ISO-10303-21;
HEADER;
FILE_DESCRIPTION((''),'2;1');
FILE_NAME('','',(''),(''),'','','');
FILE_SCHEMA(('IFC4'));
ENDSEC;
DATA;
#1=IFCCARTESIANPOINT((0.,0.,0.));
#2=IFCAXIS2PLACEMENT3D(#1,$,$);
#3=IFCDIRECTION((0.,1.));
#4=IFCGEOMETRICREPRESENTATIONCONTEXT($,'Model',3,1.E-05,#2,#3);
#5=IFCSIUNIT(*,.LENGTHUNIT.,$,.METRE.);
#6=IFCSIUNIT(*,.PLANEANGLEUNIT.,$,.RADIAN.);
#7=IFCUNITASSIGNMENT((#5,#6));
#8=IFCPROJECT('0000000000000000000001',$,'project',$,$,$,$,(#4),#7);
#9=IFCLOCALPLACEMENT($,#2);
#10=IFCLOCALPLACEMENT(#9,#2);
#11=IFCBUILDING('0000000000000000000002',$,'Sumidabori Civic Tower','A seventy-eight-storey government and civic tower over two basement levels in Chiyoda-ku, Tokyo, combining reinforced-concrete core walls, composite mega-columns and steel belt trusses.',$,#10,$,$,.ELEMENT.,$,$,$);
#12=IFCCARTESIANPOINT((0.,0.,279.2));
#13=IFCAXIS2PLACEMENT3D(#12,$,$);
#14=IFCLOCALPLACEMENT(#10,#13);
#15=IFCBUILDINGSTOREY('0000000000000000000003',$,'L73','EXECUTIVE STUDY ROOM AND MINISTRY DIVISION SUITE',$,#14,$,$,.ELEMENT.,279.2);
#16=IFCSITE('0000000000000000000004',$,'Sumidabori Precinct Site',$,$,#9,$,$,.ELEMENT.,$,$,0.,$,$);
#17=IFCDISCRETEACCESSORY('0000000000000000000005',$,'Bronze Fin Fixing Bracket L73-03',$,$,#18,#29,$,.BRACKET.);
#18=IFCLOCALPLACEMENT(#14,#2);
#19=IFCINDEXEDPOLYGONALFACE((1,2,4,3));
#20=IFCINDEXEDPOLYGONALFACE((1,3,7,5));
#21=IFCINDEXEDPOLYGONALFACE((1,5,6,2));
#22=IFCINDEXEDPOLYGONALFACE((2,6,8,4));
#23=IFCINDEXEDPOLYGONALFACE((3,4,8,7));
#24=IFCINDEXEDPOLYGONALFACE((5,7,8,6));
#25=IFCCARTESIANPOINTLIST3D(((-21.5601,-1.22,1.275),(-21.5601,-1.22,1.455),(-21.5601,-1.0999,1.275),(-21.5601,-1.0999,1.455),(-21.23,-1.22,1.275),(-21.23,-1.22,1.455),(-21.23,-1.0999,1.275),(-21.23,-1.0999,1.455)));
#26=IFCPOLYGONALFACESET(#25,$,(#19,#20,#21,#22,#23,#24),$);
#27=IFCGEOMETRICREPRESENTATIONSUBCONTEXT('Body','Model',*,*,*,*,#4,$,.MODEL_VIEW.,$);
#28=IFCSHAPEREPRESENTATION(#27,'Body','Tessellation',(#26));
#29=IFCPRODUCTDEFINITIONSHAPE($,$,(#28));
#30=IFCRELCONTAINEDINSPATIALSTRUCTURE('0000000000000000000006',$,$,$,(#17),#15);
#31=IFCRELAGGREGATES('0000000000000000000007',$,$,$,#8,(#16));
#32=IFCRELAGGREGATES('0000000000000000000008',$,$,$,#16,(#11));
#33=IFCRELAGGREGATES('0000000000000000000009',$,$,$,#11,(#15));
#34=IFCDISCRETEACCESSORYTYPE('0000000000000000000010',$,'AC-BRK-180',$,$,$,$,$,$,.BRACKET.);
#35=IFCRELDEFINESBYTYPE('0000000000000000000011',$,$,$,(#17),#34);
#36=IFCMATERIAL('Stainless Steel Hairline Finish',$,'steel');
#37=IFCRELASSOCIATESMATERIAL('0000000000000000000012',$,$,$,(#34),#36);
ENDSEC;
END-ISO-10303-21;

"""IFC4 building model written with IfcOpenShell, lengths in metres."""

from ifc_helpers import new_model, si_unit, direction, frame, origin, origin_2d, place, context, subcontext, project, spatial, rectangle, extrude, source, transform, mapped, material, material_profile, profile_set, type_object, element, save


model = new_model("IFC4")

# Units and contexts
model_context = context("Model", 3, precision=1e-05, world=origin(), true_north=direction((0.0, 1.0)))
body_context = subcontext(model_context, "Body", "Model", "MODEL_VIEW")
ifc_project = project(units=[si_unit("LENGTHUNIT", "METRE"), si_unit("PLANEANGLEUNIT", "RADIAN")], contexts=[model_context])

# Site, building, storey
site_placement = place(None, origin())
site = spatial("IfcSite", under=ifc_project, at=site_placement, Name="Sumidabori Precinct Site", CompositionType="ELEMENT", RefElevation=0.0)
building_placement = place(site_placement, origin())
building = spatial("IfcBuilding", under=site, at=building_placement, Name="Sumidabori Civic Tower", Description="A seventy-eight-storey government and civic tower over two basement levels in Chiyoda-ku, Tokyo, combining reinforced-concrete core walls, composite mega-columns and steel belt trusses.", CompositionType="ELEMENT")
storey_placement = place(building_placement, frame((0.0, 0.0, 279.2)))
storey = spatial("IfcBuildingStorey", under=building, at=storey_placement, Name="L73", Description="EXECUTIVE STUDY ROOM AND MINISTRY DIVISION SUITE", CompositionType="ELEMENT", Elevation=279.2)

# Discrete accessory
ifc_material_1 = material(Name="Stainless Steel Hairline Finish", Category="steel")
ifc_material_profile_1 = material_profile(ifc_material_1, rectangle(XDim=0.1201, YDim=0.1799, at=origin_2d()), Name="STEEL BRACKET 180x120")
ifc_profile_set_1 = profile_set([ifc_material_profile_1], Name="Stainless Steel Hairline Finish")
discrete_accessory_type = type_object("IfcDiscreteAccessoryType", Name="AC-BRK-180", PredefinedType="BRACKET", material=ifc_profile_set_1)
shared_shape_1 = source(origin(), body_context, "Body", "SweptSolid", [
    extrude(rectangle(XDim=0.1201, YDim=0.1799, at=origin_2d()), origin(), (0.0, 0.0, 1.0), 0.3301),
])
discrete_accessory_placement = place(storey_placement, frame((-21.23, -1.1599, 1.365), z_axis=(-1.0, 0.0, 0.0), x_axis=(0.0, -1.0, 0.0)))
element("IfcDiscreteAccessory", 1, at=discrete_accessory_placement, inside=storey, type_object=discrete_accessory_type, Name="Bronze Fin Fixing Bracket L73-03", PredefinedType="BRACKET", context=body_context, shape_type="MappedRepresentation", body=[
    mapped(shared_shape_1, transform((0.0, 0.0, 0.0), x_axis=(1.0, 0.0, 0.0), y_axis=(0.0, 1.0, 0.0), z_axis=(0.0, 0.0, 1.0), scale=1.0)),
])

save(model, "model.ifc")
